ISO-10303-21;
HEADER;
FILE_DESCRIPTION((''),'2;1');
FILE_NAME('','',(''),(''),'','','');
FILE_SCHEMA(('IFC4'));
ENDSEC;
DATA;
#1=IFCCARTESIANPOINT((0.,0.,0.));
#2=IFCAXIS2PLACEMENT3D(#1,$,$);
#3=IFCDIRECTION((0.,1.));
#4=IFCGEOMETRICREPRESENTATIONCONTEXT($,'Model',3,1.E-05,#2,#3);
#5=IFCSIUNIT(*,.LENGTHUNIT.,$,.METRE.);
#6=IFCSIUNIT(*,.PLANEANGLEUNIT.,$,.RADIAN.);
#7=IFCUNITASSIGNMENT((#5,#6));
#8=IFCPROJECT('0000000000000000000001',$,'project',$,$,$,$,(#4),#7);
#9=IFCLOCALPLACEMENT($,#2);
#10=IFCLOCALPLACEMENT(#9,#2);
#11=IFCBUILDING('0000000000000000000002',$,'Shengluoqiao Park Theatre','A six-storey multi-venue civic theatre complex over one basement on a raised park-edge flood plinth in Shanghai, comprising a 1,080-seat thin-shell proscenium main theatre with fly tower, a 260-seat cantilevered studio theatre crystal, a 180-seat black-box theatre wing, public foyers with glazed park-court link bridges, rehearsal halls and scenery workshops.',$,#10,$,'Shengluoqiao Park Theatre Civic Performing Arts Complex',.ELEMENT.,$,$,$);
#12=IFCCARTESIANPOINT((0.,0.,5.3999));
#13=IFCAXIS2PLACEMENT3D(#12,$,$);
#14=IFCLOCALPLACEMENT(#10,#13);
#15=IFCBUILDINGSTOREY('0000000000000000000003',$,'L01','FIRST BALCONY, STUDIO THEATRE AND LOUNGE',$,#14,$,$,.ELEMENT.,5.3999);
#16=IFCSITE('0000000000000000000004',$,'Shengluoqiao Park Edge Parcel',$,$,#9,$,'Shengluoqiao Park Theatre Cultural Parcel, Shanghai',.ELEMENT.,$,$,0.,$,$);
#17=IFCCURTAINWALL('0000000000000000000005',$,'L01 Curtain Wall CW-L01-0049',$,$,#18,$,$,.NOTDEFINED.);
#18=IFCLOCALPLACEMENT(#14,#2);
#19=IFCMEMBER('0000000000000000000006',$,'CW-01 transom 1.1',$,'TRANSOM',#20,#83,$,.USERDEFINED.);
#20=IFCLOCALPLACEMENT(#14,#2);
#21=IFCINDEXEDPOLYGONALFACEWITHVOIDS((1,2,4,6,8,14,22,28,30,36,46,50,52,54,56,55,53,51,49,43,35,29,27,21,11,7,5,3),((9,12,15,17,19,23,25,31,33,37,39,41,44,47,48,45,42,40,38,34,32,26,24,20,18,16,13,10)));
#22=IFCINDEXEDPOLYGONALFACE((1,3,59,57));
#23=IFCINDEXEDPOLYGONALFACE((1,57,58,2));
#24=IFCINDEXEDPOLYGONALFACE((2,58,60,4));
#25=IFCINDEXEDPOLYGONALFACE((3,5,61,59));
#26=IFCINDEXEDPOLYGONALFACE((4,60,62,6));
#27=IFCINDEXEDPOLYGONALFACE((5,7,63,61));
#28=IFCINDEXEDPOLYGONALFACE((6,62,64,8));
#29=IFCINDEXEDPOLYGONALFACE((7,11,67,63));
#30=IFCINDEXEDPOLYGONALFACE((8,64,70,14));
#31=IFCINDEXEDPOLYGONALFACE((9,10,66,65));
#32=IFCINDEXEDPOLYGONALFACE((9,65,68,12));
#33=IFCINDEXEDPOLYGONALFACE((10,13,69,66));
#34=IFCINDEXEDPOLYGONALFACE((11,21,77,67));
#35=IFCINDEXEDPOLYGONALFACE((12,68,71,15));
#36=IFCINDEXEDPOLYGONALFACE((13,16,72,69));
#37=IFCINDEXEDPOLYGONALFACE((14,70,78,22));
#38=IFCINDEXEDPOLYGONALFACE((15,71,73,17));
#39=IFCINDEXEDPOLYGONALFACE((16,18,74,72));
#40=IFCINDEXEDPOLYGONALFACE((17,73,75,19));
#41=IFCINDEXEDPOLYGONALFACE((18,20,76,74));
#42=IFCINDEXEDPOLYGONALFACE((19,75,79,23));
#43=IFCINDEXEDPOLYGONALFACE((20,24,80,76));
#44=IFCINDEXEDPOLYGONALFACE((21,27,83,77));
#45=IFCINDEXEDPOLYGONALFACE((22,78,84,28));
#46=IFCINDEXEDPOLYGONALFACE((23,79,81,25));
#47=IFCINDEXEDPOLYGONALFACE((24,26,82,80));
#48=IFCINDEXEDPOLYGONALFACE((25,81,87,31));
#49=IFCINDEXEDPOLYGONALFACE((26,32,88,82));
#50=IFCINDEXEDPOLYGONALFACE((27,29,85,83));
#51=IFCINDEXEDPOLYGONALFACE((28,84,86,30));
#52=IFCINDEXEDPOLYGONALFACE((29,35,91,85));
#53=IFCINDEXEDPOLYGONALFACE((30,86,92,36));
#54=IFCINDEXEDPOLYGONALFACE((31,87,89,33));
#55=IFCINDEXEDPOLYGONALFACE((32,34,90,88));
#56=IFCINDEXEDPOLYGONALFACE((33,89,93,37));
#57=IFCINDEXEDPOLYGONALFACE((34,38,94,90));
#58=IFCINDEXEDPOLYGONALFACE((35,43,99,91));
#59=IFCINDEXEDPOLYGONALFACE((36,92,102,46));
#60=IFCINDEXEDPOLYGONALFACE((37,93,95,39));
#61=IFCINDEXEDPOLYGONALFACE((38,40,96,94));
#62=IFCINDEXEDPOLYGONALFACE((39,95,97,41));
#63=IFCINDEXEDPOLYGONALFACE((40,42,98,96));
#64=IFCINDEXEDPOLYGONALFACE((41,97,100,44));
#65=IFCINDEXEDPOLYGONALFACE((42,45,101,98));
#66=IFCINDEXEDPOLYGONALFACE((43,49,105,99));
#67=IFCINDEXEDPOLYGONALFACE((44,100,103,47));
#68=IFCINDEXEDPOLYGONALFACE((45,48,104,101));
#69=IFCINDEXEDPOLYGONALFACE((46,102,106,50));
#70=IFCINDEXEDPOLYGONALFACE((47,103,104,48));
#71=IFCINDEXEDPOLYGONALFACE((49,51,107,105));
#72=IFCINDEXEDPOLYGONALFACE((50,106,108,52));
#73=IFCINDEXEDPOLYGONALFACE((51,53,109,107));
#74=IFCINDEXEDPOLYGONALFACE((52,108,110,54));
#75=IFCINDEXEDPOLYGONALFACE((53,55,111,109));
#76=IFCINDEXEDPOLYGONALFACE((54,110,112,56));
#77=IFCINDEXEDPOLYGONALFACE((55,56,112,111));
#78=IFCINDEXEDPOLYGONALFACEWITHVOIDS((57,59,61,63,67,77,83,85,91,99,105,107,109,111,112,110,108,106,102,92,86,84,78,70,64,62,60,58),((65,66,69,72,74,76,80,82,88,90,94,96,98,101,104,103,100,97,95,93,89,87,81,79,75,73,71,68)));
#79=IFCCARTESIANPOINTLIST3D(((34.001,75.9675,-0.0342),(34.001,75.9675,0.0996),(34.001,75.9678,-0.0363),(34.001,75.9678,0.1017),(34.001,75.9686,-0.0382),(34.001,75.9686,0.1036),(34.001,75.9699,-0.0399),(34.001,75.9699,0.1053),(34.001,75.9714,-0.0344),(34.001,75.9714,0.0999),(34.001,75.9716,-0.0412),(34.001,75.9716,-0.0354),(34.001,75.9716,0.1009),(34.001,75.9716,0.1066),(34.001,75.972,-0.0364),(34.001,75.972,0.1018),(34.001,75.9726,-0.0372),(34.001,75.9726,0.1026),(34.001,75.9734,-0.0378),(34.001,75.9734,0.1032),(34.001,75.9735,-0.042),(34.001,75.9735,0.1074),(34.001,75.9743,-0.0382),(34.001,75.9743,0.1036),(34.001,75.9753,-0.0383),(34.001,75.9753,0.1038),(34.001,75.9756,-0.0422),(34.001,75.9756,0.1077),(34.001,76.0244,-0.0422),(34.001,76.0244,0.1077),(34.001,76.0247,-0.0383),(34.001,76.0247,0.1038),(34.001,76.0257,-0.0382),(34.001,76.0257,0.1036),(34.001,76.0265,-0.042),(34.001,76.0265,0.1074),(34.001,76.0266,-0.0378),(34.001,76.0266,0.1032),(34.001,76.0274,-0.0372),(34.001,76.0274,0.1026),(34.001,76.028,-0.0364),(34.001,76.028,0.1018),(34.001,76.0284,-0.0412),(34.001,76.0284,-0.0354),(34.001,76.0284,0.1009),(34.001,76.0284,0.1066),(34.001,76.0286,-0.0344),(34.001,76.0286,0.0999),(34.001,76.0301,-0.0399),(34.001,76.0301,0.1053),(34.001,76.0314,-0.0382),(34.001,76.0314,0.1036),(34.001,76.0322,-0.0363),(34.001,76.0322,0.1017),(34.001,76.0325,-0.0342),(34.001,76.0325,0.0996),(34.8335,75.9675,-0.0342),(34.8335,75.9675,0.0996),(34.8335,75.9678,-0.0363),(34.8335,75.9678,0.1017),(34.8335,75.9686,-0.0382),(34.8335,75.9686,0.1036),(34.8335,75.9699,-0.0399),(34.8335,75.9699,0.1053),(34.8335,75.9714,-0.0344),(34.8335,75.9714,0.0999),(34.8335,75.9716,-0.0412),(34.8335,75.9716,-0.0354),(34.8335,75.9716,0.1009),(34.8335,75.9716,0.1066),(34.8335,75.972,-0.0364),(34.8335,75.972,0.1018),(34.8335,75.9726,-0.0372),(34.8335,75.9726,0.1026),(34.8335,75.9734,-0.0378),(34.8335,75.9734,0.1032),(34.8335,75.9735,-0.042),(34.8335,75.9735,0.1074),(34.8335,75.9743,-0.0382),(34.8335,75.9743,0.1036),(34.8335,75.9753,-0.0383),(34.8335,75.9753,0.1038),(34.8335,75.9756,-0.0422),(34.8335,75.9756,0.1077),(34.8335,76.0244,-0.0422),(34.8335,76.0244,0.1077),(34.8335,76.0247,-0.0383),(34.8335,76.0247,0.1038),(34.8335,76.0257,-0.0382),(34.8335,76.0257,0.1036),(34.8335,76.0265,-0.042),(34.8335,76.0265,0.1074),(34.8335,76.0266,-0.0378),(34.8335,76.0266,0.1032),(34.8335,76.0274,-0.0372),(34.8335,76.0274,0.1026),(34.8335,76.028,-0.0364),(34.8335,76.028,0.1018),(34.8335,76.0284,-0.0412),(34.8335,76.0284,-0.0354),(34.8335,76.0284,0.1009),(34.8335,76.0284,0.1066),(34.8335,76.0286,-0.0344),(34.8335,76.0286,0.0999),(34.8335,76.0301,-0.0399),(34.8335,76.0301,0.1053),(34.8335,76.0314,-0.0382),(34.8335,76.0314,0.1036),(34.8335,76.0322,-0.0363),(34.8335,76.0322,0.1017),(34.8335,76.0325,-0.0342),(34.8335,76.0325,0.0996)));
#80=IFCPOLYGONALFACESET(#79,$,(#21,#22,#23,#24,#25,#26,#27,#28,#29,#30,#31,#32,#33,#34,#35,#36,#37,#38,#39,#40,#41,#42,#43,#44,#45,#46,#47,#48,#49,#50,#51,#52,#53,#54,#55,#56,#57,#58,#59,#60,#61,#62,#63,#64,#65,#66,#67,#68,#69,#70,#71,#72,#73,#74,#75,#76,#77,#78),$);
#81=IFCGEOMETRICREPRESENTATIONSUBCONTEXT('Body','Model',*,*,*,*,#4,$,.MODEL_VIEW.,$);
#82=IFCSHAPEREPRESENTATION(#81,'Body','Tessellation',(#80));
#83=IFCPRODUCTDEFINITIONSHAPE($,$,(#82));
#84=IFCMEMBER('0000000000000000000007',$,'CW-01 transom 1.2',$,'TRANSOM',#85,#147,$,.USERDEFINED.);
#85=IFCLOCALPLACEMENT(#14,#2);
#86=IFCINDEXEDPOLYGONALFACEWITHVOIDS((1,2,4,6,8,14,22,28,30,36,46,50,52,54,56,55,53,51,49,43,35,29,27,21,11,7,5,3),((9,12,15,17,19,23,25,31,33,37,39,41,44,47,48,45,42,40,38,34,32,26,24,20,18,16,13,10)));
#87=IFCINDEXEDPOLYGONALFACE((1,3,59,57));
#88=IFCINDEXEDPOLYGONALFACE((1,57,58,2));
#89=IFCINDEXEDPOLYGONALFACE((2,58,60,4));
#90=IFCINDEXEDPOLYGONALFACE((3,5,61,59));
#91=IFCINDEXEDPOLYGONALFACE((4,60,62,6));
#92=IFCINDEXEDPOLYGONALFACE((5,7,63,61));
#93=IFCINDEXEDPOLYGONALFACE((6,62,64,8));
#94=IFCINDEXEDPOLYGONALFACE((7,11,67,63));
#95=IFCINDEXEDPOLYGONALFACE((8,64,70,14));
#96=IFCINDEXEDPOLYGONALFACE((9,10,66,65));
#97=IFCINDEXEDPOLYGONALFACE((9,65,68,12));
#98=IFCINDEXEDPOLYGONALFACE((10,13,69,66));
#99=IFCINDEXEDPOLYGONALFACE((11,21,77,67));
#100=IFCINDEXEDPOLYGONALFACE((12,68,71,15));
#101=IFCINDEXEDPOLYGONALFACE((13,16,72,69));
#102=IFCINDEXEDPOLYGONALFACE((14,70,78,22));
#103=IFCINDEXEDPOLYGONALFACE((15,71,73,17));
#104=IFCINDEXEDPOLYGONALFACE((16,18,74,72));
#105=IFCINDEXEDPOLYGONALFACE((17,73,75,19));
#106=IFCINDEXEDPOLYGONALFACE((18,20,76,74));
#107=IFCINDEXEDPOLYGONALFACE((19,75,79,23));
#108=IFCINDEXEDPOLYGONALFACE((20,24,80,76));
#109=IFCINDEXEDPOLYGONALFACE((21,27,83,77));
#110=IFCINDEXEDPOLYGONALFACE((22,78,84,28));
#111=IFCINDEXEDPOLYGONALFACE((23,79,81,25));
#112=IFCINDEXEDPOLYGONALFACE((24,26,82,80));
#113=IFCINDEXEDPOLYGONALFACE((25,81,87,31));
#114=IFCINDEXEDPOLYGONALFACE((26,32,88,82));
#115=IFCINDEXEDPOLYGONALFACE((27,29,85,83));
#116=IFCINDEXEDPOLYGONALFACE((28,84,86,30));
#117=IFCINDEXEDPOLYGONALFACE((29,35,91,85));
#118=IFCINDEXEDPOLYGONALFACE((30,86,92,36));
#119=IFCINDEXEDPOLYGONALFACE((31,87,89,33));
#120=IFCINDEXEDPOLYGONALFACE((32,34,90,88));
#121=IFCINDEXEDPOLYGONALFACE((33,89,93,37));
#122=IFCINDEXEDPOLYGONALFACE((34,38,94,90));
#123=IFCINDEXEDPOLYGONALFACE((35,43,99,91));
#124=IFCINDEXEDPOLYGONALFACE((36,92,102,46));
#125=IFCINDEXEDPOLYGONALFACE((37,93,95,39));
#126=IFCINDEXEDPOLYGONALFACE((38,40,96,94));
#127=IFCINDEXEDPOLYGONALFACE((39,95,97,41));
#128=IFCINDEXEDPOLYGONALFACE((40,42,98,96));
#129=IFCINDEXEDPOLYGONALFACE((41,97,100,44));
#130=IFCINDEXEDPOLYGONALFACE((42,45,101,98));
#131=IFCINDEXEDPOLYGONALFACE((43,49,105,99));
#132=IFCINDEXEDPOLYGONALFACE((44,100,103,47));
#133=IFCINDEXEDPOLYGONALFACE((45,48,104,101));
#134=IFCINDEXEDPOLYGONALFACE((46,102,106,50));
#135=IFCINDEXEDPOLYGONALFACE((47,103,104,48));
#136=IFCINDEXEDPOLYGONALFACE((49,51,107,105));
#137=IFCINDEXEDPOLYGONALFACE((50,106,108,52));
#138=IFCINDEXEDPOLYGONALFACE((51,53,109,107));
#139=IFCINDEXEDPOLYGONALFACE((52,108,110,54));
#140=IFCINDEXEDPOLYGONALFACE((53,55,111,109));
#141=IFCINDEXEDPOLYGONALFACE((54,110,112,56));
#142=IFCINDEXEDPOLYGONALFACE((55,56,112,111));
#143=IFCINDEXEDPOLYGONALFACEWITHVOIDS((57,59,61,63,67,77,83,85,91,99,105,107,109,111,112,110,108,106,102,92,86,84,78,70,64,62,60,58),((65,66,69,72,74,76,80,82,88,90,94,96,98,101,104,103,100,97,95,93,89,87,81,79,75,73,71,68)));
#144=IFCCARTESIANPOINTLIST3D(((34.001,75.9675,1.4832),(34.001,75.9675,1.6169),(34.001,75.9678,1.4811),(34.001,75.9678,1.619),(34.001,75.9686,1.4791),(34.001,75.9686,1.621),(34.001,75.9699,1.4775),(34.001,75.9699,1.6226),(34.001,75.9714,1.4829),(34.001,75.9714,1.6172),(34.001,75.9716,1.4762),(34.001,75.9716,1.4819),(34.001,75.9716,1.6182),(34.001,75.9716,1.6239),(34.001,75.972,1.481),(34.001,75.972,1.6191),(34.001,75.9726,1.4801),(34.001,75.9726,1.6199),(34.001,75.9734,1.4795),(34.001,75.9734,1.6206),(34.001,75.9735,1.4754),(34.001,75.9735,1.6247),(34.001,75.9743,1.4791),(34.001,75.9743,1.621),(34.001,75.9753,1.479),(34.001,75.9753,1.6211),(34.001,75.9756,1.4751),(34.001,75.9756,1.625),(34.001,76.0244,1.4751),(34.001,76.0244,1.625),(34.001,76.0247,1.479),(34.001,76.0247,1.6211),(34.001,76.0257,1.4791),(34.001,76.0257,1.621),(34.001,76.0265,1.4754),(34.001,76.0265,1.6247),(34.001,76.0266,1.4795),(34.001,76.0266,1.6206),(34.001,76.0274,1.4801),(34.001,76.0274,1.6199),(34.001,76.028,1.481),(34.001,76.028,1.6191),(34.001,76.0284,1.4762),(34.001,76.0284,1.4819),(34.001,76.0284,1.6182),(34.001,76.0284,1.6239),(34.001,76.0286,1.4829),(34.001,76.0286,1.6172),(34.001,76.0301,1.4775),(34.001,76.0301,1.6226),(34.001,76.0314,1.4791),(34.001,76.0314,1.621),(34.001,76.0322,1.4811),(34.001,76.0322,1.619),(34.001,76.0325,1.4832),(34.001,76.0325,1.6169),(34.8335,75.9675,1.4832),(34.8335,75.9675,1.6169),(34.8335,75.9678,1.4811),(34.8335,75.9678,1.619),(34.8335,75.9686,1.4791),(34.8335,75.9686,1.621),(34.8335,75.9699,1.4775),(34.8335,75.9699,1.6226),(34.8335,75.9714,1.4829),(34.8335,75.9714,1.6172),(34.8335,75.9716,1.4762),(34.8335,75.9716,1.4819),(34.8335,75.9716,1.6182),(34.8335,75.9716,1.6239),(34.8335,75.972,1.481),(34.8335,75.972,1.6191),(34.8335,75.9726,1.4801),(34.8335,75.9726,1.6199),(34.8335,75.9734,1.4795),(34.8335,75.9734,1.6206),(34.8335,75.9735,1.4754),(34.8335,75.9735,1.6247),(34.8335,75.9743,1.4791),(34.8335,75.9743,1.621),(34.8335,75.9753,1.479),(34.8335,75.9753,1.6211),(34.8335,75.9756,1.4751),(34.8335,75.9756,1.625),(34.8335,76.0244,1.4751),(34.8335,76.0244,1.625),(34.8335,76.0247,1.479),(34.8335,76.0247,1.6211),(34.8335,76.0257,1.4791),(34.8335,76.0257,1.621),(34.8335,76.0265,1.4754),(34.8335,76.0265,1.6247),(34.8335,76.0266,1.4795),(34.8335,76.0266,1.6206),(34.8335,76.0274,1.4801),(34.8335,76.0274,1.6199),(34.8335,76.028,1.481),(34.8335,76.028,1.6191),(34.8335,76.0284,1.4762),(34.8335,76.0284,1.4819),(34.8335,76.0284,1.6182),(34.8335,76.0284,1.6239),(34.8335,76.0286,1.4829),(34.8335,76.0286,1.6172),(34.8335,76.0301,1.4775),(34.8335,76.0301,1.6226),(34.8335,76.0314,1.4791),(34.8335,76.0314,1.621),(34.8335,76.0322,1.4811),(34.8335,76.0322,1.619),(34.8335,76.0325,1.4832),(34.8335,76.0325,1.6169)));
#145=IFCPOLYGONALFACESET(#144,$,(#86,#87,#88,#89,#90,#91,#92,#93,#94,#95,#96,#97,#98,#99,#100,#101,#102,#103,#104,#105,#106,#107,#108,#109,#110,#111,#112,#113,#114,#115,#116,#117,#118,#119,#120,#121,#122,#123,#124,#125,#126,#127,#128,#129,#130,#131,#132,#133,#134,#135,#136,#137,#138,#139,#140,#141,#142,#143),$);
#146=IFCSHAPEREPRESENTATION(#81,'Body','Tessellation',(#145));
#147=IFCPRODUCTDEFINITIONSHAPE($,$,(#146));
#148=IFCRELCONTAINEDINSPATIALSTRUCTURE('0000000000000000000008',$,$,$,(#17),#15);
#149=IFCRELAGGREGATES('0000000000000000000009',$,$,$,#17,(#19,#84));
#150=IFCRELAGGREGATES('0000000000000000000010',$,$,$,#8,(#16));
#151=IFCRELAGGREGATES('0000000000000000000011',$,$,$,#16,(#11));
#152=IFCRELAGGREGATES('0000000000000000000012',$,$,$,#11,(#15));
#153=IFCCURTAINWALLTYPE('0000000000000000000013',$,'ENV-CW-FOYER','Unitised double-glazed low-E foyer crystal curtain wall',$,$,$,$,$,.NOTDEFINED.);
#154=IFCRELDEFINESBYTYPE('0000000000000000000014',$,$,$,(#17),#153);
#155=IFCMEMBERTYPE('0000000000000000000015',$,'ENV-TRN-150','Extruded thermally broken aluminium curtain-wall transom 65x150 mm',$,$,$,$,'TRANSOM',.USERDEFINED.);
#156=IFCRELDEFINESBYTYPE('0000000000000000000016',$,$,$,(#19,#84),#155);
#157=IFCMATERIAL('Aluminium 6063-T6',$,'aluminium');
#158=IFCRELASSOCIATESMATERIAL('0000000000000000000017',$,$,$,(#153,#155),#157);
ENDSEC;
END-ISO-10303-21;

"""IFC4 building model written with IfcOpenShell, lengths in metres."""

from ifc_helpers import new_model, si_unit, direction, frame, origin, origin_2d, place, context, subcontext, project, spatial, hollow_rectangle, extrude, material, material_profile, profile_set, type_object, element, aggregate, save


model = new_model("IFC4")

# Units and contexts
model_context = context("Model", 3, precision=1e-05, world=origin(), true_north=direction((0.0, 1.0)))
body_context = subcontext(model_context, "Body", "Model", "MODEL_VIEW")
ifc_project = project(units=[si_unit("LENGTHUNIT", "METRE"), si_unit("PLANEANGLEUNIT", "RADIAN")], contexts=[model_context])

# Site, building, storey
site_placement = place(None, origin())
site = spatial("IfcSite", under=ifc_project, at=site_placement, Name="Shengluoqiao Park Edge Parcel", LongName="Shengluoqiao Park Theatre Cultural Parcel, Shanghai", CompositionType="ELEMENT", RefElevation=0.0)
building_placement = place(site_placement, origin())
building = spatial("IfcBuilding", under=site, at=building_placement, Name="Shengluoqiao Park Theatre", Description="A six-storey multi-venue civic theatre complex over one basement on a raised park-edge flood plinth in Shanghai, comprising a 1,080-seat thin-shell proscenium main theatre with fly tower, a 260-seat cantilevered studio theatre crystal, a 180-seat black-box theatre wing, public foyers with glazed park-court link bridges, rehearsal halls and scenery workshops.", LongName="Shengluoqiao Park Theatre Civic Performing Arts Complex", CompositionType="ELEMENT")
storey_placement = place(building_placement, frame((0.0, 0.0, 5.3999)))
storey = spatial("IfcBuildingStorey", under=building, at=storey_placement, Name="L01", Description="FIRST BALCONY, STUDIO THEATRE AND LOUNGE", CompositionType="ELEMENT", Elevation=5.3999)

# Curtain wall
ifc_material_1 = material(Name="Aluminium 6063-T6", Category="aluminium")
curtain_wall_type = type_object("IfcCurtainWallType", Name="ENV-CW-FOYER", Description="Unitised double-glazed low-E foyer crystal curtain wall", PredefinedType="NOTDEFINED", material=ifc_material_1)
curtain_wall_1_placement = place(storey_placement, origin())
curtain_wall_1 = element("IfcCurtainWall", 1, at=curtain_wall_1_placement, inside=storey, type_object=curtain_wall_type, Name="L01 Curtain Wall CW-L01-0049", PredefinedType="NOTDEFINED")

# Members
ifc_material_profile_1 = material_profile(ifc_material_1, hollow_rectangle(XDim=0.0649, YDim=0.1499, WallThickness=0.0039, InnerFilletRadius=0.0039, OuterFilletRadius=0.0081, at=origin_2d()), Name="ALU TRANSOM 150x65x4")
ifc_profile_set_1 = profile_set([ifc_material_profile_1], Name="Aluminium 6063-T6")
member_type_1 = type_object("IfcMemberType", Name="ENV-TRN-150", Description="Extruded thermally broken aluminium curtain-wall transom 65x150 mm", ElementType="TRANSOM", PredefinedType="USERDEFINED", material=ifc_profile_set_1)
member_1_placement = place(storey_placement, frame((34.001, 76.0, 0.0327), z_axis=(1.0, 0.0, 0.0), x_axis=(0.0, 1.0, 0.0)))
member_1 = element("IfcMember", 2, at=member_1_placement, type_object=member_type_1, Name="CW-01 transom 1.1", ObjectType="TRANSOM", PredefinedType="USERDEFINED", context=body_context, shape_type="SweptSolid", body=[
    extrude(hollow_rectangle(XDim=0.0649, YDim=0.1499, WallThickness=0.0039, InnerFilletRadius=0.0039, OuterFilletRadius=0.0081, at=origin_2d()), origin(), (0.0, 0.0, 1.0), 0.8325),
])
member_2_placement = place(storey_placement, frame((34.001, 76.0, 1.55), z_axis=(1.0, 0.0, 0.0), x_axis=(0.0, 1.0, 0.0)))
member_2 = element("IfcMember", 3, at=member_2_placement, type_object=member_type_1, Name="CW-01 transom 1.2", ObjectType="TRANSOM", PredefinedType="USERDEFINED", context=body_context, shape_type="SweptSolid", body=[
    extrude(hollow_rectangle(XDim=0.0649, YDim=0.1499, WallThickness=0.0039, InnerFilletRadius=0.0039, OuterFilletRadius=0.0081, at=origin_2d()), origin(), (0.0, 0.0, 1.0), 0.8325),
])

aggregate(curtain_wall_1, [member_1, member_2])

save(model, "model.ifc")
